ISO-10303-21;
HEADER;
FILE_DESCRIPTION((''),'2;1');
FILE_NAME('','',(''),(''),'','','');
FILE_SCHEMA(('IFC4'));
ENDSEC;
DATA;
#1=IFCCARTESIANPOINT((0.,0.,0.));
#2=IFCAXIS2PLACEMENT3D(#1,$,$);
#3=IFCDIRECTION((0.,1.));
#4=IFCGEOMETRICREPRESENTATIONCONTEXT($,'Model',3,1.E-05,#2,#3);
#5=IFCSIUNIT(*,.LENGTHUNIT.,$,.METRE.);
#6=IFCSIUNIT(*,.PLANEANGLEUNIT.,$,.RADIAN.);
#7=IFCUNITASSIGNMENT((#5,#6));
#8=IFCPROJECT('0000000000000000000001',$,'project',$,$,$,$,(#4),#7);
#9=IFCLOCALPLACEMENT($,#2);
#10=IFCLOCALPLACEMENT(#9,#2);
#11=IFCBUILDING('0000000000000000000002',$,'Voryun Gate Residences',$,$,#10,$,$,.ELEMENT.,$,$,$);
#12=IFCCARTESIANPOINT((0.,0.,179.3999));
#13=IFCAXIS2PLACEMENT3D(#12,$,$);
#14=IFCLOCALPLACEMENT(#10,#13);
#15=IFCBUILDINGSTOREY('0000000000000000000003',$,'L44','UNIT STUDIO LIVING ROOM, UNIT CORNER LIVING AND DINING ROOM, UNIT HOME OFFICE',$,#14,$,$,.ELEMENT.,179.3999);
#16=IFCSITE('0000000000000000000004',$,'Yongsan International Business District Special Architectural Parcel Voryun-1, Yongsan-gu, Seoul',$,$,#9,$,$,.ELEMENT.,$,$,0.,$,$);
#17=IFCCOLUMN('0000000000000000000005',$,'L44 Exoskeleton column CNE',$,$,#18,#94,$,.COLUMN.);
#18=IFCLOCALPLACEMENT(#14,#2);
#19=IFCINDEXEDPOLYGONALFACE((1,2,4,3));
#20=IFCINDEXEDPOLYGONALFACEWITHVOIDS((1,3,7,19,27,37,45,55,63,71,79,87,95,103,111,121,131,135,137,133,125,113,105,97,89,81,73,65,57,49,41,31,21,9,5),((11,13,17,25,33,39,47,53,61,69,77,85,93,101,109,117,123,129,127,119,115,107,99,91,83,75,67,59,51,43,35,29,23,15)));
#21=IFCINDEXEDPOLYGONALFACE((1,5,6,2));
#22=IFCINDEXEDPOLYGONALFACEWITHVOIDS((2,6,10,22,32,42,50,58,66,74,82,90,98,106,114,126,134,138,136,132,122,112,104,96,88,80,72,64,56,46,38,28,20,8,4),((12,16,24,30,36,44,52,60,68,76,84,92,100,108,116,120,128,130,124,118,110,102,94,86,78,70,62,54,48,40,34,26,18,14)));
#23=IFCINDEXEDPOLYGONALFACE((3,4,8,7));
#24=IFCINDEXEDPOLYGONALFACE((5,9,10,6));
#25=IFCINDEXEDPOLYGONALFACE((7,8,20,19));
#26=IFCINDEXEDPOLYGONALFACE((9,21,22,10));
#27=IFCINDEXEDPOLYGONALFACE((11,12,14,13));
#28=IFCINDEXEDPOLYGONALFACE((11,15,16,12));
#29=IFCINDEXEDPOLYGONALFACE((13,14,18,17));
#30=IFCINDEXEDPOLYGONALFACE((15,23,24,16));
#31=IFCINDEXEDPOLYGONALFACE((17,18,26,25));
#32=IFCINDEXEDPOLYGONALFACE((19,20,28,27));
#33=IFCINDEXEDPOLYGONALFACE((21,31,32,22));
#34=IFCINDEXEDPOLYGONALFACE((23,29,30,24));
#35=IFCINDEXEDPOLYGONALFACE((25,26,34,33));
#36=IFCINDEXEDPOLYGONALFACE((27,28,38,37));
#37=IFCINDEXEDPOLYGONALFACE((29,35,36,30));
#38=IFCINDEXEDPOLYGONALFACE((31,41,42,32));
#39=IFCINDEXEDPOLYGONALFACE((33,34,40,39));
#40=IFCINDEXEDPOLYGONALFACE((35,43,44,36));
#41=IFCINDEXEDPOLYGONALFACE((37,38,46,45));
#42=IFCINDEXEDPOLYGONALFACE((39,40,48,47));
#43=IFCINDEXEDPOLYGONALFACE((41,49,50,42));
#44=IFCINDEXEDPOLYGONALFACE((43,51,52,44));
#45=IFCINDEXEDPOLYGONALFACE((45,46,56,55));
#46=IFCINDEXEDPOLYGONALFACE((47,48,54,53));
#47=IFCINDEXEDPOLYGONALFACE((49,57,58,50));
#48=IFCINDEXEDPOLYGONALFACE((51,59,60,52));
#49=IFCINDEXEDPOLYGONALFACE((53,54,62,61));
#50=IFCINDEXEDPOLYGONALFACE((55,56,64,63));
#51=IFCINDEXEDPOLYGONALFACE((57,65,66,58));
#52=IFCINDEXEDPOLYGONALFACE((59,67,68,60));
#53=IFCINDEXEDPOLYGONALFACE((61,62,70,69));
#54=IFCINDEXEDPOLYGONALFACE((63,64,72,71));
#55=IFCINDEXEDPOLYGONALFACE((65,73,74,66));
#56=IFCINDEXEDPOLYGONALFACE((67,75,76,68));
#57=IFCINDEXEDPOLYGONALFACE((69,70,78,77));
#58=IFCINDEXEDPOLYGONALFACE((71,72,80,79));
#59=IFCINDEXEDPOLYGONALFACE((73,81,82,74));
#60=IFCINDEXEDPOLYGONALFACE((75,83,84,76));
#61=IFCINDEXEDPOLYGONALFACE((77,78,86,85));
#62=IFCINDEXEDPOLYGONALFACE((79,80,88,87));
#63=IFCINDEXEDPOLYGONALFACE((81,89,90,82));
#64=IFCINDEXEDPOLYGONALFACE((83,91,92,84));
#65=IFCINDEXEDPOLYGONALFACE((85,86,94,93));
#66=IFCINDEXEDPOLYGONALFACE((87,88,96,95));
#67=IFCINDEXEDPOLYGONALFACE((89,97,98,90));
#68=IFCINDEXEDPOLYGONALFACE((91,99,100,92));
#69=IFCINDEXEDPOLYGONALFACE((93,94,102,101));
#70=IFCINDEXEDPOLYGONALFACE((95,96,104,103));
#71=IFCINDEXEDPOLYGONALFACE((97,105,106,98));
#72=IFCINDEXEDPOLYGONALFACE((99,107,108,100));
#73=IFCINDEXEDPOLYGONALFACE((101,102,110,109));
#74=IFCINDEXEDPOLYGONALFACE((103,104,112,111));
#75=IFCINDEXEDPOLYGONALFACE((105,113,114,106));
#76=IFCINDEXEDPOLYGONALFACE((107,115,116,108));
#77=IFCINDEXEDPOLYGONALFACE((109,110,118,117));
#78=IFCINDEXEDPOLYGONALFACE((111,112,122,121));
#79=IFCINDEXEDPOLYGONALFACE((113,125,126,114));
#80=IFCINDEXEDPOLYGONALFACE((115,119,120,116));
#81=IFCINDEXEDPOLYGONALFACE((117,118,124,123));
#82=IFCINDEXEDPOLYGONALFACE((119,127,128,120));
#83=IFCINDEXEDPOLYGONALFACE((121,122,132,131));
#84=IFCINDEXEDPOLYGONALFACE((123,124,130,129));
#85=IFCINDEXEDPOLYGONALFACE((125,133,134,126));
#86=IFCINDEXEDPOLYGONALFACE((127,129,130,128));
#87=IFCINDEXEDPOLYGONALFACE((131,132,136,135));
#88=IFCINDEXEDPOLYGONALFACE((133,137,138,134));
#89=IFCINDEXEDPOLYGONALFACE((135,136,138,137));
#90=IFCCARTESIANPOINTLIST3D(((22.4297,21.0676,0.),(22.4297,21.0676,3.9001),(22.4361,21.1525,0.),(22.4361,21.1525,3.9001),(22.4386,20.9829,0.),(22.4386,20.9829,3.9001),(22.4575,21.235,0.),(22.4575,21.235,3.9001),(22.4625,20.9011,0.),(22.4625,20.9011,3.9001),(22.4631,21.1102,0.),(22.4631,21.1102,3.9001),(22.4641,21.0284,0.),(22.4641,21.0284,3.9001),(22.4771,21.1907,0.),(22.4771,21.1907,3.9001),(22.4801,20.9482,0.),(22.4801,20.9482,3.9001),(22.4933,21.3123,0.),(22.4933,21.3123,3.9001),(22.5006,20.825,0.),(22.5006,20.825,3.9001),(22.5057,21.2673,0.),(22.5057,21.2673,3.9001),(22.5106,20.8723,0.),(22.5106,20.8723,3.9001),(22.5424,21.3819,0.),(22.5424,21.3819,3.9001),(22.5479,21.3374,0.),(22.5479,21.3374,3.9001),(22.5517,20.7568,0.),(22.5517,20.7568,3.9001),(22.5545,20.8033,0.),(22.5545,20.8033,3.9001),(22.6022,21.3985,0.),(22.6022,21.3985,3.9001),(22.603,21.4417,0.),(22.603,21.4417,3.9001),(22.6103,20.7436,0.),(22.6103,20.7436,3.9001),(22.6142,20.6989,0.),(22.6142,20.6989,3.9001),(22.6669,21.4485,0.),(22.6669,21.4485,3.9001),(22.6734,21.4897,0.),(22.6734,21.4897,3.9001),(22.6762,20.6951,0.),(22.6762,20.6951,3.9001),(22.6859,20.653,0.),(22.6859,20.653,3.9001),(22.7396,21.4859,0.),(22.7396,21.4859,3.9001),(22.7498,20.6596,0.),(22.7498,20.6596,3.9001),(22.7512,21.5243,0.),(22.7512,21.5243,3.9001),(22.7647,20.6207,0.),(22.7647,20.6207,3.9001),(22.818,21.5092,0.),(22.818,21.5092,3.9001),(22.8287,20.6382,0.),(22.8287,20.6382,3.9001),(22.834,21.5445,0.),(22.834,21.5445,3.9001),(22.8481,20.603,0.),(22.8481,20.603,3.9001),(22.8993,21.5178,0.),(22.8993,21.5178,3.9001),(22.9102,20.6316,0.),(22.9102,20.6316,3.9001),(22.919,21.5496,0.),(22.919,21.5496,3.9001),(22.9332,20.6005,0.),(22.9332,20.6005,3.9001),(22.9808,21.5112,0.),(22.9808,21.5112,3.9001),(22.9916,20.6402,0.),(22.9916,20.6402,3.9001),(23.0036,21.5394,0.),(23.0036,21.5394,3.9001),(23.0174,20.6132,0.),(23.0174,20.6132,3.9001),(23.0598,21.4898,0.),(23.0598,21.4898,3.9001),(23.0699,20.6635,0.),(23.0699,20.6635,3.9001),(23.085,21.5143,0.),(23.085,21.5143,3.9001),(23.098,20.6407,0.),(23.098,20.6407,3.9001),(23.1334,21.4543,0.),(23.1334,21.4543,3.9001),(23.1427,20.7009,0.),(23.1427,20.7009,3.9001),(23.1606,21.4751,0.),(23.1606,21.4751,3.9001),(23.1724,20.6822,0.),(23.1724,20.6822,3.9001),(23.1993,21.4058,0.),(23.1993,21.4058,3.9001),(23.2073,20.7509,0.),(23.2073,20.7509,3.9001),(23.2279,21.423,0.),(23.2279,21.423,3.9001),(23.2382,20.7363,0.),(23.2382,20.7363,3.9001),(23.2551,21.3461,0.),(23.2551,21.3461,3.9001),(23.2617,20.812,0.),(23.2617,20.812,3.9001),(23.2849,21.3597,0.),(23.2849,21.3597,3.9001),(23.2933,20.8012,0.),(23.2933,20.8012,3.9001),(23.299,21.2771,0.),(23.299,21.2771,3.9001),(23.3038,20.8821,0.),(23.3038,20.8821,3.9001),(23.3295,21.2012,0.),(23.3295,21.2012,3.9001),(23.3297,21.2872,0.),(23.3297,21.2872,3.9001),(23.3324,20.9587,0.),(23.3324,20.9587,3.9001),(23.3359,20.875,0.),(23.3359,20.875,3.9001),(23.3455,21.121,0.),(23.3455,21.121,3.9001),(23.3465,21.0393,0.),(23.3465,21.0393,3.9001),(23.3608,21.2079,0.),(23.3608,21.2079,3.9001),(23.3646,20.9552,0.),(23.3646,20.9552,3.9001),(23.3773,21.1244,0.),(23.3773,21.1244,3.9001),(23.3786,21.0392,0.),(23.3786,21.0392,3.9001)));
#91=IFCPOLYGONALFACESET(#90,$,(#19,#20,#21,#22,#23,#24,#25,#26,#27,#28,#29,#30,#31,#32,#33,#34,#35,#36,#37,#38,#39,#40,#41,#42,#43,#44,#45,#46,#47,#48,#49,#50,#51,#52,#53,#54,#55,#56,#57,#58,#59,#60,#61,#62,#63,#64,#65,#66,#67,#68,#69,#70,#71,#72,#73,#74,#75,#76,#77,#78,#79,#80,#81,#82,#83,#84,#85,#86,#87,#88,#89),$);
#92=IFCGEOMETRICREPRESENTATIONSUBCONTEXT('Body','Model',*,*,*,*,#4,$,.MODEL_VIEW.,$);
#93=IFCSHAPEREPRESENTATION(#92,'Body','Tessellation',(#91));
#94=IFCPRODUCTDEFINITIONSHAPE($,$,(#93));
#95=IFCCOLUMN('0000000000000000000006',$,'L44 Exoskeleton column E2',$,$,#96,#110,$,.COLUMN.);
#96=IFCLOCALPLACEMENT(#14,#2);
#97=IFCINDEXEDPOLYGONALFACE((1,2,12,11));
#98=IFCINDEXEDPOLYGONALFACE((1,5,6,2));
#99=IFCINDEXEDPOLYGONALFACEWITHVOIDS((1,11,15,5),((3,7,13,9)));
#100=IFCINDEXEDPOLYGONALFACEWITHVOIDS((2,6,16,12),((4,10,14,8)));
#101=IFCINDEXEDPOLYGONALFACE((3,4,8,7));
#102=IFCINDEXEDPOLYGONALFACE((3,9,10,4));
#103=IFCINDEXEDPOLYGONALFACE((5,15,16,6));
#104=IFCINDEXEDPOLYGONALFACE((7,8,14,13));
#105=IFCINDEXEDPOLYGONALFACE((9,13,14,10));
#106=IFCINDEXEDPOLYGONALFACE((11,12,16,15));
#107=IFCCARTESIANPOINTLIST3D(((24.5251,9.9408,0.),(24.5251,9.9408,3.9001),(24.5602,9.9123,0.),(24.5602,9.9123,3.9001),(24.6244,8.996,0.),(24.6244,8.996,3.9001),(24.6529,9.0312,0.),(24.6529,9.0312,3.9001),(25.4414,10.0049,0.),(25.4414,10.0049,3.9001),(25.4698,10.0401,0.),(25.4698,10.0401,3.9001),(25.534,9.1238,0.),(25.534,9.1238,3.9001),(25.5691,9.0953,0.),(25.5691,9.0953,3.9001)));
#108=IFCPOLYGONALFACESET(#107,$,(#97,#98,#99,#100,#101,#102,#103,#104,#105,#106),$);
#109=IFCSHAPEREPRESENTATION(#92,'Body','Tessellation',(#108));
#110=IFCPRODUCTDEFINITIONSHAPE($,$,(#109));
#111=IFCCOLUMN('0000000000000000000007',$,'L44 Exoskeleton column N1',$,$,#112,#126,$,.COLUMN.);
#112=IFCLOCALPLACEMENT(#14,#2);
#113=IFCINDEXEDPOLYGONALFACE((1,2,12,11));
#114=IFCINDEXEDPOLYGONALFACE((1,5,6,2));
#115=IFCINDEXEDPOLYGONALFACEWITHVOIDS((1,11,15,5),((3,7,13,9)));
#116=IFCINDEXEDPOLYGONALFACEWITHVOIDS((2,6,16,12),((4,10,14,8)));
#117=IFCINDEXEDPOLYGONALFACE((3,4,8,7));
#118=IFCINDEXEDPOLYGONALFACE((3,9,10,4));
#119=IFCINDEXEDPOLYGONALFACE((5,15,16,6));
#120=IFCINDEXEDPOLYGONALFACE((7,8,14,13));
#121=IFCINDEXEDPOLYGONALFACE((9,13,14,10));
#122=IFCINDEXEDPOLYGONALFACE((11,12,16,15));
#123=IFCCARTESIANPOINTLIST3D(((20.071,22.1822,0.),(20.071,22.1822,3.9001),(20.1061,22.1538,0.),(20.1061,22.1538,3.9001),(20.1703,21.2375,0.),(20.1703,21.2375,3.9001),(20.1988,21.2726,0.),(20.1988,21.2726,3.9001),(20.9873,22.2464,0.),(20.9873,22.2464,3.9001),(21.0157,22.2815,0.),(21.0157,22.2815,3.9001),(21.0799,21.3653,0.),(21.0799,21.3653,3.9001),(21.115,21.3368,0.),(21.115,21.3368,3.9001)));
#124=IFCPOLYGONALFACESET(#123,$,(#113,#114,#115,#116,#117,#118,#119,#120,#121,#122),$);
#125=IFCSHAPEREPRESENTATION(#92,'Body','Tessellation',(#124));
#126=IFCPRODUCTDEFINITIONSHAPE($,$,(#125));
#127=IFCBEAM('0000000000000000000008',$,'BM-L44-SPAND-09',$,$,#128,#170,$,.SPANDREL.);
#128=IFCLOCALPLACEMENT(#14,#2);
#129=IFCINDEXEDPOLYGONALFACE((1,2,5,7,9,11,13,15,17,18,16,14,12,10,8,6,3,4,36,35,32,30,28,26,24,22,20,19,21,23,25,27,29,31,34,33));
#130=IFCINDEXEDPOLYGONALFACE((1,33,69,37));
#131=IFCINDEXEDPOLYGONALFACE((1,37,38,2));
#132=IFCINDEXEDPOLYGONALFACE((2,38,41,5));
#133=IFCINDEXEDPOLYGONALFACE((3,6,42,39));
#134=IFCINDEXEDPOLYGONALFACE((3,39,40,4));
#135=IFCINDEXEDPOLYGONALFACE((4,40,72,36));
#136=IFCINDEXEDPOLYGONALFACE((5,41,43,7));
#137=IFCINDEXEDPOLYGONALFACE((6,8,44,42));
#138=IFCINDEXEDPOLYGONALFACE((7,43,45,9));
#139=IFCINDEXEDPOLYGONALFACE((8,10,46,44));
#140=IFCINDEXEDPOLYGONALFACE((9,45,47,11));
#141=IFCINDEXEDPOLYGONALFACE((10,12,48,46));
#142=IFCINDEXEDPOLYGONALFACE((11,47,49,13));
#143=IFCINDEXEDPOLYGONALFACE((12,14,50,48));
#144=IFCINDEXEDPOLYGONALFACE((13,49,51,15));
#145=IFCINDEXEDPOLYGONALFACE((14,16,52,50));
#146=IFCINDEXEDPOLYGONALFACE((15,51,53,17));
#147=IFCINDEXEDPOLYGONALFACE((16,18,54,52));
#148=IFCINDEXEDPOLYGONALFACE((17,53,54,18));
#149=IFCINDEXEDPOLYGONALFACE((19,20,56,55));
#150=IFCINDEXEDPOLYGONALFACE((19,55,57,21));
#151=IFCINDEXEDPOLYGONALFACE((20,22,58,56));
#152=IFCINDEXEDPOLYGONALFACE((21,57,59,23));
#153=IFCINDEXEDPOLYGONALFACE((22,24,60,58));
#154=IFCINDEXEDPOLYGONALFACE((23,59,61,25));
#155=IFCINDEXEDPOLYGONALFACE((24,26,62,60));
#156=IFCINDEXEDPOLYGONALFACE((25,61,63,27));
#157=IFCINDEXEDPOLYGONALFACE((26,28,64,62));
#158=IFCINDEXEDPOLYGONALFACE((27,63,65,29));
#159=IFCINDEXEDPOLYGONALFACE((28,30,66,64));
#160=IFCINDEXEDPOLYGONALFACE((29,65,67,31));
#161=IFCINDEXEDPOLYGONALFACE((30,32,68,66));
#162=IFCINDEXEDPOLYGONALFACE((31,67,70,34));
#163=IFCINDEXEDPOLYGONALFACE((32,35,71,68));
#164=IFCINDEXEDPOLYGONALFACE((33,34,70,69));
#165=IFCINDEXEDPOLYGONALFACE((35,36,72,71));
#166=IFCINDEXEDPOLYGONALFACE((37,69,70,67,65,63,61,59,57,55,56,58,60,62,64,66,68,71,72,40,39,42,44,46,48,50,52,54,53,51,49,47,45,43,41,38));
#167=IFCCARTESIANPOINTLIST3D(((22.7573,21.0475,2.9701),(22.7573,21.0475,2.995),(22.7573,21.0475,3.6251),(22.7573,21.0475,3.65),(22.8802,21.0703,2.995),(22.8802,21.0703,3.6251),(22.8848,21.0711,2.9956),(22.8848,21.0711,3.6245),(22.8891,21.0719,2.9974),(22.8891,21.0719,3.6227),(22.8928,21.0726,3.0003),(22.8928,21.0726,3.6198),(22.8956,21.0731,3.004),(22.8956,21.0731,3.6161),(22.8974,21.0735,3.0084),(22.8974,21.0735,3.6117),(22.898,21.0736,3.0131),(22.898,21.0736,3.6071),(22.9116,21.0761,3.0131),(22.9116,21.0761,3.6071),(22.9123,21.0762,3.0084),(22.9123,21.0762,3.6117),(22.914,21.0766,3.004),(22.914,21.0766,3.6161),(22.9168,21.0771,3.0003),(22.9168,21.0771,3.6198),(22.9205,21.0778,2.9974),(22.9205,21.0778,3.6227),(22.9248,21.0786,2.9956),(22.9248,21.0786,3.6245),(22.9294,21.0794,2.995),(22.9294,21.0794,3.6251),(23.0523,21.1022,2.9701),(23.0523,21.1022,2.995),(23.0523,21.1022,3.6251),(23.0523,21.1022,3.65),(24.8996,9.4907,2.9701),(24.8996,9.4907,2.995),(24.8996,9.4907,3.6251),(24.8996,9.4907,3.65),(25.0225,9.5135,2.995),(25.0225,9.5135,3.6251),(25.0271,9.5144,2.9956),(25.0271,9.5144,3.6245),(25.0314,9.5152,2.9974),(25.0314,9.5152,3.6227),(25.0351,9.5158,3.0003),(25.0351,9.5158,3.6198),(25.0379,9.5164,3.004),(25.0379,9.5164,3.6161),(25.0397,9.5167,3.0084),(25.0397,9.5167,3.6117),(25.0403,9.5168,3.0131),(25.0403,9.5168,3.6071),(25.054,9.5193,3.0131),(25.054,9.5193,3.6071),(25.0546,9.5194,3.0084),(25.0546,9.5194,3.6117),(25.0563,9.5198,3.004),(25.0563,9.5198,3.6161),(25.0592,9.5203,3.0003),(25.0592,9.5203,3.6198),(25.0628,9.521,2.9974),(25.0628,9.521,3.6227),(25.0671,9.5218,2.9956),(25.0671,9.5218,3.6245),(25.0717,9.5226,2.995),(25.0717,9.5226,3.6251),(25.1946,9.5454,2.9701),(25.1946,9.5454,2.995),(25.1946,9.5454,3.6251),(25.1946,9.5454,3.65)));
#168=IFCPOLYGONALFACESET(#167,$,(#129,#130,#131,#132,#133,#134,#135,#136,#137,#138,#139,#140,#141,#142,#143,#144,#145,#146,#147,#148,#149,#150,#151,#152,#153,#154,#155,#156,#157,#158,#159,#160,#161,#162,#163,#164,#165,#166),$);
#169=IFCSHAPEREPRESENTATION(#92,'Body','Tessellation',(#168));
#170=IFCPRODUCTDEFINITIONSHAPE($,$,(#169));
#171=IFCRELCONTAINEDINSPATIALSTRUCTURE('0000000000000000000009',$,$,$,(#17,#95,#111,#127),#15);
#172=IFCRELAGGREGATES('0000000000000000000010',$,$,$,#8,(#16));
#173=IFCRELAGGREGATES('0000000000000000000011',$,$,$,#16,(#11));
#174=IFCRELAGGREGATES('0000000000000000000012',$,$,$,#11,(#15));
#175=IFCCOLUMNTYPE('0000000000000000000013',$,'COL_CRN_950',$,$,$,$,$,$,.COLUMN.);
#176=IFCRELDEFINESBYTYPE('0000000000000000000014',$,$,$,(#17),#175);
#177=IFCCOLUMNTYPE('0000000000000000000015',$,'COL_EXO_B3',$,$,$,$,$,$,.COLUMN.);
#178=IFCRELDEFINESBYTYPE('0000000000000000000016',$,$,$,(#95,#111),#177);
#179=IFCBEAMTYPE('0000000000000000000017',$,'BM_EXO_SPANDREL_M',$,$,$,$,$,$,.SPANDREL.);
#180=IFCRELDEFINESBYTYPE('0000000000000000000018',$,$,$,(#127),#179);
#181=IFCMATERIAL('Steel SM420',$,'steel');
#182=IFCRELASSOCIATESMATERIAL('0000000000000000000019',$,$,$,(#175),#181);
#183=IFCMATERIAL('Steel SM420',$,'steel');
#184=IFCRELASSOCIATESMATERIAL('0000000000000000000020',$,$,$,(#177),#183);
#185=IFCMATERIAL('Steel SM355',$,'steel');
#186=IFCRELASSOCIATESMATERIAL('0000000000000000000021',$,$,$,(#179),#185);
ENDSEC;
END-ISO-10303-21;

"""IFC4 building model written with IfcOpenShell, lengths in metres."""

from ifc_helpers import new_model, si_unit, direction, frame, origin, origin_2d, place, context, subcontext, project, spatial, hollow_rectangle, hollow_circle, i_section, extrude, material, material_profile, profile_set, type_object, element, save


model = new_model("IFC4")

# Units and contexts
model_context = context("Model", 3, precision=1e-05, world=origin(), true_north=direction((0.0, 1.0)))
body_context = subcontext(model_context, "Body", "Model", "MODEL_VIEW")
ifc_project = project(units=[si_unit("LENGTHUNIT", "METRE"), si_unit("PLANEANGLEUNIT", "RADIAN")], contexts=[model_context])

# Site, building, storey
site_placement = place(None, origin())
site = spatial("IfcSite", under=ifc_project, at=site_placement, Name="Yongsan International Business District Special Architectural Parcel Voryun-1, Yongsan-gu, Seoul", CompositionType="ELEMENT", RefElevation=0.0)
building_placement = place(site_placement, origin())
building = spatial("IfcBuilding", under=site, at=building_placement, Name="Voryun Gate Residences", CompositionType="ELEMENT")
storey_placement = place(building_placement, frame((0.0, 0.0, 179.3999)))
storey = spatial("IfcBuildingStorey", under=building, at=storey_placement, Name="L44", Description="UNIT STUDIO LIVING ROOM, UNIT CORNER LIVING AND DINING ROOM, UNIT HOME OFFICE", CompositionType="ELEMENT", Elevation=179.3999)

# Columns
ifc_material_1 = material(Name="Steel SM420", Category="steel")
ifc_material_profile_1 = material_profile(ifc_material_1, hollow_circle(Radius=0.4751, WallThickness=0.032, at=origin_2d()), Name="CHS-950x32")
ifc_profile_set_1 = profile_set([ifc_material_profile_1], Name="Steel SM420")
column_type_1 = type_object("IfcColumnType", Name="COL_CRN_950", PredefinedType="COLUMN", material=ifc_profile_set_1)
column_placement = place(storey_placement, frame((22.9048, 21.0747, 0.0), z_axis=(0.0, 0.0, 1.0), x_axis=(0.994522, 0.104528, 0.0)))
element("IfcColumn", 1, at=column_placement, inside=storey, type_object=column_type_1, Name="L44 Exoskeleton column CNE", PredefinedType="COLUMN", context=body_context, shape_type="SweptSolid", body=[
    extrude(hollow_circle(Radius=0.4751, WallThickness=0.032, at=origin_2d()), origin(), (0.0, 0.0, 1.0), 3.9001),
])
ifc_material_2 = material(Name="Steel SM420", Category="steel")
ifc_material_profile_2 = material_profile(ifc_material_2, hollow_rectangle(XDim=0.95, YDim=0.95, WallThickness=0.032, at=origin_2d()), Name="BOX-950x950x32")
ifc_profile_set_2 = profile_set([ifc_material_profile_2], Name="Steel SM420")
column_type_2 = type_object("IfcColumnType", Name="COL_EXO_B3", PredefinedType="COLUMN", material=ifc_profile_set_2)
for number, where, z_axis, x_axis, name in (
    (2, (25.0471, 9.5181, 0.0), (0.0, 0.0, 1.0), (0.994522, 0.104528, 0.0), "L44 Exoskeleton column E2"),
    (3, (20.593, 21.7595, 0.0), (0.0, 0.0, 1.0), (0.994522, 0.104528, 0.0), "L44 Exoskeleton column N1"),
):
    element("IfcColumn", number, at=place(storey_placement, frame(where, z_axis=z_axis, x_axis=x_axis)), inside=storey, type_object=column_type_2, Name=name, PredefinedType="COLUMN", context=body_context, shape_type="SweptSolid", body=[
        extrude(hollow_rectangle(XDim=0.95, YDim=0.95, WallThickness=0.032, at=origin_2d()), origin(), (0.0, 0.0, 1.0), 3.9001),
    ])

# Beam
ifc_material_3 = material(Name="Steel SM355", Category="steel")
ifc_material_profile_3 = material_profile(ifc_material_3, i_section(OverallWidth=0.3, OverallDepth=0.6799, WebThickness=0.0139, FlangeThickness=0.0249, FilletRadius=0.0181, at=origin_2d()), Name="H-680x300x14x25")
ifc_profile_set_3 = profile_set([ifc_material_profile_3], Name="Steel SM355")
beam_type_1 = type_object("IfcBeamType", Name="BM_EXO_SPANDREL_M", PredefinedType="SPANDREL", material=ifc_profile_set_3)
beam_1_placement = place(storey_placement, frame((25.0471, 9.5181, 3.3101), z_axis=(-0.182268, 0.983249, 0.0), x_axis=(-0.983249, -0.182268, 0.0)))
element("IfcBeam", 4, at=beam_1_placement, inside=storey, type_object=beam_type_1, Name="BM-L44-SPAND-09", PredefinedType="SPANDREL", context=body_context, shape_type="SweptSolid", body=[
    extrude(i_section(OverallWidth=0.3, OverallDepth=0.6799, WebThickness=0.0139, FlangeThickness=0.0249, FilletRadius=0.0181, at=origin_2d()), origin(), (0.0, 0.0, 1.0), 11.7537),
])

save(model, "model.ifc")
